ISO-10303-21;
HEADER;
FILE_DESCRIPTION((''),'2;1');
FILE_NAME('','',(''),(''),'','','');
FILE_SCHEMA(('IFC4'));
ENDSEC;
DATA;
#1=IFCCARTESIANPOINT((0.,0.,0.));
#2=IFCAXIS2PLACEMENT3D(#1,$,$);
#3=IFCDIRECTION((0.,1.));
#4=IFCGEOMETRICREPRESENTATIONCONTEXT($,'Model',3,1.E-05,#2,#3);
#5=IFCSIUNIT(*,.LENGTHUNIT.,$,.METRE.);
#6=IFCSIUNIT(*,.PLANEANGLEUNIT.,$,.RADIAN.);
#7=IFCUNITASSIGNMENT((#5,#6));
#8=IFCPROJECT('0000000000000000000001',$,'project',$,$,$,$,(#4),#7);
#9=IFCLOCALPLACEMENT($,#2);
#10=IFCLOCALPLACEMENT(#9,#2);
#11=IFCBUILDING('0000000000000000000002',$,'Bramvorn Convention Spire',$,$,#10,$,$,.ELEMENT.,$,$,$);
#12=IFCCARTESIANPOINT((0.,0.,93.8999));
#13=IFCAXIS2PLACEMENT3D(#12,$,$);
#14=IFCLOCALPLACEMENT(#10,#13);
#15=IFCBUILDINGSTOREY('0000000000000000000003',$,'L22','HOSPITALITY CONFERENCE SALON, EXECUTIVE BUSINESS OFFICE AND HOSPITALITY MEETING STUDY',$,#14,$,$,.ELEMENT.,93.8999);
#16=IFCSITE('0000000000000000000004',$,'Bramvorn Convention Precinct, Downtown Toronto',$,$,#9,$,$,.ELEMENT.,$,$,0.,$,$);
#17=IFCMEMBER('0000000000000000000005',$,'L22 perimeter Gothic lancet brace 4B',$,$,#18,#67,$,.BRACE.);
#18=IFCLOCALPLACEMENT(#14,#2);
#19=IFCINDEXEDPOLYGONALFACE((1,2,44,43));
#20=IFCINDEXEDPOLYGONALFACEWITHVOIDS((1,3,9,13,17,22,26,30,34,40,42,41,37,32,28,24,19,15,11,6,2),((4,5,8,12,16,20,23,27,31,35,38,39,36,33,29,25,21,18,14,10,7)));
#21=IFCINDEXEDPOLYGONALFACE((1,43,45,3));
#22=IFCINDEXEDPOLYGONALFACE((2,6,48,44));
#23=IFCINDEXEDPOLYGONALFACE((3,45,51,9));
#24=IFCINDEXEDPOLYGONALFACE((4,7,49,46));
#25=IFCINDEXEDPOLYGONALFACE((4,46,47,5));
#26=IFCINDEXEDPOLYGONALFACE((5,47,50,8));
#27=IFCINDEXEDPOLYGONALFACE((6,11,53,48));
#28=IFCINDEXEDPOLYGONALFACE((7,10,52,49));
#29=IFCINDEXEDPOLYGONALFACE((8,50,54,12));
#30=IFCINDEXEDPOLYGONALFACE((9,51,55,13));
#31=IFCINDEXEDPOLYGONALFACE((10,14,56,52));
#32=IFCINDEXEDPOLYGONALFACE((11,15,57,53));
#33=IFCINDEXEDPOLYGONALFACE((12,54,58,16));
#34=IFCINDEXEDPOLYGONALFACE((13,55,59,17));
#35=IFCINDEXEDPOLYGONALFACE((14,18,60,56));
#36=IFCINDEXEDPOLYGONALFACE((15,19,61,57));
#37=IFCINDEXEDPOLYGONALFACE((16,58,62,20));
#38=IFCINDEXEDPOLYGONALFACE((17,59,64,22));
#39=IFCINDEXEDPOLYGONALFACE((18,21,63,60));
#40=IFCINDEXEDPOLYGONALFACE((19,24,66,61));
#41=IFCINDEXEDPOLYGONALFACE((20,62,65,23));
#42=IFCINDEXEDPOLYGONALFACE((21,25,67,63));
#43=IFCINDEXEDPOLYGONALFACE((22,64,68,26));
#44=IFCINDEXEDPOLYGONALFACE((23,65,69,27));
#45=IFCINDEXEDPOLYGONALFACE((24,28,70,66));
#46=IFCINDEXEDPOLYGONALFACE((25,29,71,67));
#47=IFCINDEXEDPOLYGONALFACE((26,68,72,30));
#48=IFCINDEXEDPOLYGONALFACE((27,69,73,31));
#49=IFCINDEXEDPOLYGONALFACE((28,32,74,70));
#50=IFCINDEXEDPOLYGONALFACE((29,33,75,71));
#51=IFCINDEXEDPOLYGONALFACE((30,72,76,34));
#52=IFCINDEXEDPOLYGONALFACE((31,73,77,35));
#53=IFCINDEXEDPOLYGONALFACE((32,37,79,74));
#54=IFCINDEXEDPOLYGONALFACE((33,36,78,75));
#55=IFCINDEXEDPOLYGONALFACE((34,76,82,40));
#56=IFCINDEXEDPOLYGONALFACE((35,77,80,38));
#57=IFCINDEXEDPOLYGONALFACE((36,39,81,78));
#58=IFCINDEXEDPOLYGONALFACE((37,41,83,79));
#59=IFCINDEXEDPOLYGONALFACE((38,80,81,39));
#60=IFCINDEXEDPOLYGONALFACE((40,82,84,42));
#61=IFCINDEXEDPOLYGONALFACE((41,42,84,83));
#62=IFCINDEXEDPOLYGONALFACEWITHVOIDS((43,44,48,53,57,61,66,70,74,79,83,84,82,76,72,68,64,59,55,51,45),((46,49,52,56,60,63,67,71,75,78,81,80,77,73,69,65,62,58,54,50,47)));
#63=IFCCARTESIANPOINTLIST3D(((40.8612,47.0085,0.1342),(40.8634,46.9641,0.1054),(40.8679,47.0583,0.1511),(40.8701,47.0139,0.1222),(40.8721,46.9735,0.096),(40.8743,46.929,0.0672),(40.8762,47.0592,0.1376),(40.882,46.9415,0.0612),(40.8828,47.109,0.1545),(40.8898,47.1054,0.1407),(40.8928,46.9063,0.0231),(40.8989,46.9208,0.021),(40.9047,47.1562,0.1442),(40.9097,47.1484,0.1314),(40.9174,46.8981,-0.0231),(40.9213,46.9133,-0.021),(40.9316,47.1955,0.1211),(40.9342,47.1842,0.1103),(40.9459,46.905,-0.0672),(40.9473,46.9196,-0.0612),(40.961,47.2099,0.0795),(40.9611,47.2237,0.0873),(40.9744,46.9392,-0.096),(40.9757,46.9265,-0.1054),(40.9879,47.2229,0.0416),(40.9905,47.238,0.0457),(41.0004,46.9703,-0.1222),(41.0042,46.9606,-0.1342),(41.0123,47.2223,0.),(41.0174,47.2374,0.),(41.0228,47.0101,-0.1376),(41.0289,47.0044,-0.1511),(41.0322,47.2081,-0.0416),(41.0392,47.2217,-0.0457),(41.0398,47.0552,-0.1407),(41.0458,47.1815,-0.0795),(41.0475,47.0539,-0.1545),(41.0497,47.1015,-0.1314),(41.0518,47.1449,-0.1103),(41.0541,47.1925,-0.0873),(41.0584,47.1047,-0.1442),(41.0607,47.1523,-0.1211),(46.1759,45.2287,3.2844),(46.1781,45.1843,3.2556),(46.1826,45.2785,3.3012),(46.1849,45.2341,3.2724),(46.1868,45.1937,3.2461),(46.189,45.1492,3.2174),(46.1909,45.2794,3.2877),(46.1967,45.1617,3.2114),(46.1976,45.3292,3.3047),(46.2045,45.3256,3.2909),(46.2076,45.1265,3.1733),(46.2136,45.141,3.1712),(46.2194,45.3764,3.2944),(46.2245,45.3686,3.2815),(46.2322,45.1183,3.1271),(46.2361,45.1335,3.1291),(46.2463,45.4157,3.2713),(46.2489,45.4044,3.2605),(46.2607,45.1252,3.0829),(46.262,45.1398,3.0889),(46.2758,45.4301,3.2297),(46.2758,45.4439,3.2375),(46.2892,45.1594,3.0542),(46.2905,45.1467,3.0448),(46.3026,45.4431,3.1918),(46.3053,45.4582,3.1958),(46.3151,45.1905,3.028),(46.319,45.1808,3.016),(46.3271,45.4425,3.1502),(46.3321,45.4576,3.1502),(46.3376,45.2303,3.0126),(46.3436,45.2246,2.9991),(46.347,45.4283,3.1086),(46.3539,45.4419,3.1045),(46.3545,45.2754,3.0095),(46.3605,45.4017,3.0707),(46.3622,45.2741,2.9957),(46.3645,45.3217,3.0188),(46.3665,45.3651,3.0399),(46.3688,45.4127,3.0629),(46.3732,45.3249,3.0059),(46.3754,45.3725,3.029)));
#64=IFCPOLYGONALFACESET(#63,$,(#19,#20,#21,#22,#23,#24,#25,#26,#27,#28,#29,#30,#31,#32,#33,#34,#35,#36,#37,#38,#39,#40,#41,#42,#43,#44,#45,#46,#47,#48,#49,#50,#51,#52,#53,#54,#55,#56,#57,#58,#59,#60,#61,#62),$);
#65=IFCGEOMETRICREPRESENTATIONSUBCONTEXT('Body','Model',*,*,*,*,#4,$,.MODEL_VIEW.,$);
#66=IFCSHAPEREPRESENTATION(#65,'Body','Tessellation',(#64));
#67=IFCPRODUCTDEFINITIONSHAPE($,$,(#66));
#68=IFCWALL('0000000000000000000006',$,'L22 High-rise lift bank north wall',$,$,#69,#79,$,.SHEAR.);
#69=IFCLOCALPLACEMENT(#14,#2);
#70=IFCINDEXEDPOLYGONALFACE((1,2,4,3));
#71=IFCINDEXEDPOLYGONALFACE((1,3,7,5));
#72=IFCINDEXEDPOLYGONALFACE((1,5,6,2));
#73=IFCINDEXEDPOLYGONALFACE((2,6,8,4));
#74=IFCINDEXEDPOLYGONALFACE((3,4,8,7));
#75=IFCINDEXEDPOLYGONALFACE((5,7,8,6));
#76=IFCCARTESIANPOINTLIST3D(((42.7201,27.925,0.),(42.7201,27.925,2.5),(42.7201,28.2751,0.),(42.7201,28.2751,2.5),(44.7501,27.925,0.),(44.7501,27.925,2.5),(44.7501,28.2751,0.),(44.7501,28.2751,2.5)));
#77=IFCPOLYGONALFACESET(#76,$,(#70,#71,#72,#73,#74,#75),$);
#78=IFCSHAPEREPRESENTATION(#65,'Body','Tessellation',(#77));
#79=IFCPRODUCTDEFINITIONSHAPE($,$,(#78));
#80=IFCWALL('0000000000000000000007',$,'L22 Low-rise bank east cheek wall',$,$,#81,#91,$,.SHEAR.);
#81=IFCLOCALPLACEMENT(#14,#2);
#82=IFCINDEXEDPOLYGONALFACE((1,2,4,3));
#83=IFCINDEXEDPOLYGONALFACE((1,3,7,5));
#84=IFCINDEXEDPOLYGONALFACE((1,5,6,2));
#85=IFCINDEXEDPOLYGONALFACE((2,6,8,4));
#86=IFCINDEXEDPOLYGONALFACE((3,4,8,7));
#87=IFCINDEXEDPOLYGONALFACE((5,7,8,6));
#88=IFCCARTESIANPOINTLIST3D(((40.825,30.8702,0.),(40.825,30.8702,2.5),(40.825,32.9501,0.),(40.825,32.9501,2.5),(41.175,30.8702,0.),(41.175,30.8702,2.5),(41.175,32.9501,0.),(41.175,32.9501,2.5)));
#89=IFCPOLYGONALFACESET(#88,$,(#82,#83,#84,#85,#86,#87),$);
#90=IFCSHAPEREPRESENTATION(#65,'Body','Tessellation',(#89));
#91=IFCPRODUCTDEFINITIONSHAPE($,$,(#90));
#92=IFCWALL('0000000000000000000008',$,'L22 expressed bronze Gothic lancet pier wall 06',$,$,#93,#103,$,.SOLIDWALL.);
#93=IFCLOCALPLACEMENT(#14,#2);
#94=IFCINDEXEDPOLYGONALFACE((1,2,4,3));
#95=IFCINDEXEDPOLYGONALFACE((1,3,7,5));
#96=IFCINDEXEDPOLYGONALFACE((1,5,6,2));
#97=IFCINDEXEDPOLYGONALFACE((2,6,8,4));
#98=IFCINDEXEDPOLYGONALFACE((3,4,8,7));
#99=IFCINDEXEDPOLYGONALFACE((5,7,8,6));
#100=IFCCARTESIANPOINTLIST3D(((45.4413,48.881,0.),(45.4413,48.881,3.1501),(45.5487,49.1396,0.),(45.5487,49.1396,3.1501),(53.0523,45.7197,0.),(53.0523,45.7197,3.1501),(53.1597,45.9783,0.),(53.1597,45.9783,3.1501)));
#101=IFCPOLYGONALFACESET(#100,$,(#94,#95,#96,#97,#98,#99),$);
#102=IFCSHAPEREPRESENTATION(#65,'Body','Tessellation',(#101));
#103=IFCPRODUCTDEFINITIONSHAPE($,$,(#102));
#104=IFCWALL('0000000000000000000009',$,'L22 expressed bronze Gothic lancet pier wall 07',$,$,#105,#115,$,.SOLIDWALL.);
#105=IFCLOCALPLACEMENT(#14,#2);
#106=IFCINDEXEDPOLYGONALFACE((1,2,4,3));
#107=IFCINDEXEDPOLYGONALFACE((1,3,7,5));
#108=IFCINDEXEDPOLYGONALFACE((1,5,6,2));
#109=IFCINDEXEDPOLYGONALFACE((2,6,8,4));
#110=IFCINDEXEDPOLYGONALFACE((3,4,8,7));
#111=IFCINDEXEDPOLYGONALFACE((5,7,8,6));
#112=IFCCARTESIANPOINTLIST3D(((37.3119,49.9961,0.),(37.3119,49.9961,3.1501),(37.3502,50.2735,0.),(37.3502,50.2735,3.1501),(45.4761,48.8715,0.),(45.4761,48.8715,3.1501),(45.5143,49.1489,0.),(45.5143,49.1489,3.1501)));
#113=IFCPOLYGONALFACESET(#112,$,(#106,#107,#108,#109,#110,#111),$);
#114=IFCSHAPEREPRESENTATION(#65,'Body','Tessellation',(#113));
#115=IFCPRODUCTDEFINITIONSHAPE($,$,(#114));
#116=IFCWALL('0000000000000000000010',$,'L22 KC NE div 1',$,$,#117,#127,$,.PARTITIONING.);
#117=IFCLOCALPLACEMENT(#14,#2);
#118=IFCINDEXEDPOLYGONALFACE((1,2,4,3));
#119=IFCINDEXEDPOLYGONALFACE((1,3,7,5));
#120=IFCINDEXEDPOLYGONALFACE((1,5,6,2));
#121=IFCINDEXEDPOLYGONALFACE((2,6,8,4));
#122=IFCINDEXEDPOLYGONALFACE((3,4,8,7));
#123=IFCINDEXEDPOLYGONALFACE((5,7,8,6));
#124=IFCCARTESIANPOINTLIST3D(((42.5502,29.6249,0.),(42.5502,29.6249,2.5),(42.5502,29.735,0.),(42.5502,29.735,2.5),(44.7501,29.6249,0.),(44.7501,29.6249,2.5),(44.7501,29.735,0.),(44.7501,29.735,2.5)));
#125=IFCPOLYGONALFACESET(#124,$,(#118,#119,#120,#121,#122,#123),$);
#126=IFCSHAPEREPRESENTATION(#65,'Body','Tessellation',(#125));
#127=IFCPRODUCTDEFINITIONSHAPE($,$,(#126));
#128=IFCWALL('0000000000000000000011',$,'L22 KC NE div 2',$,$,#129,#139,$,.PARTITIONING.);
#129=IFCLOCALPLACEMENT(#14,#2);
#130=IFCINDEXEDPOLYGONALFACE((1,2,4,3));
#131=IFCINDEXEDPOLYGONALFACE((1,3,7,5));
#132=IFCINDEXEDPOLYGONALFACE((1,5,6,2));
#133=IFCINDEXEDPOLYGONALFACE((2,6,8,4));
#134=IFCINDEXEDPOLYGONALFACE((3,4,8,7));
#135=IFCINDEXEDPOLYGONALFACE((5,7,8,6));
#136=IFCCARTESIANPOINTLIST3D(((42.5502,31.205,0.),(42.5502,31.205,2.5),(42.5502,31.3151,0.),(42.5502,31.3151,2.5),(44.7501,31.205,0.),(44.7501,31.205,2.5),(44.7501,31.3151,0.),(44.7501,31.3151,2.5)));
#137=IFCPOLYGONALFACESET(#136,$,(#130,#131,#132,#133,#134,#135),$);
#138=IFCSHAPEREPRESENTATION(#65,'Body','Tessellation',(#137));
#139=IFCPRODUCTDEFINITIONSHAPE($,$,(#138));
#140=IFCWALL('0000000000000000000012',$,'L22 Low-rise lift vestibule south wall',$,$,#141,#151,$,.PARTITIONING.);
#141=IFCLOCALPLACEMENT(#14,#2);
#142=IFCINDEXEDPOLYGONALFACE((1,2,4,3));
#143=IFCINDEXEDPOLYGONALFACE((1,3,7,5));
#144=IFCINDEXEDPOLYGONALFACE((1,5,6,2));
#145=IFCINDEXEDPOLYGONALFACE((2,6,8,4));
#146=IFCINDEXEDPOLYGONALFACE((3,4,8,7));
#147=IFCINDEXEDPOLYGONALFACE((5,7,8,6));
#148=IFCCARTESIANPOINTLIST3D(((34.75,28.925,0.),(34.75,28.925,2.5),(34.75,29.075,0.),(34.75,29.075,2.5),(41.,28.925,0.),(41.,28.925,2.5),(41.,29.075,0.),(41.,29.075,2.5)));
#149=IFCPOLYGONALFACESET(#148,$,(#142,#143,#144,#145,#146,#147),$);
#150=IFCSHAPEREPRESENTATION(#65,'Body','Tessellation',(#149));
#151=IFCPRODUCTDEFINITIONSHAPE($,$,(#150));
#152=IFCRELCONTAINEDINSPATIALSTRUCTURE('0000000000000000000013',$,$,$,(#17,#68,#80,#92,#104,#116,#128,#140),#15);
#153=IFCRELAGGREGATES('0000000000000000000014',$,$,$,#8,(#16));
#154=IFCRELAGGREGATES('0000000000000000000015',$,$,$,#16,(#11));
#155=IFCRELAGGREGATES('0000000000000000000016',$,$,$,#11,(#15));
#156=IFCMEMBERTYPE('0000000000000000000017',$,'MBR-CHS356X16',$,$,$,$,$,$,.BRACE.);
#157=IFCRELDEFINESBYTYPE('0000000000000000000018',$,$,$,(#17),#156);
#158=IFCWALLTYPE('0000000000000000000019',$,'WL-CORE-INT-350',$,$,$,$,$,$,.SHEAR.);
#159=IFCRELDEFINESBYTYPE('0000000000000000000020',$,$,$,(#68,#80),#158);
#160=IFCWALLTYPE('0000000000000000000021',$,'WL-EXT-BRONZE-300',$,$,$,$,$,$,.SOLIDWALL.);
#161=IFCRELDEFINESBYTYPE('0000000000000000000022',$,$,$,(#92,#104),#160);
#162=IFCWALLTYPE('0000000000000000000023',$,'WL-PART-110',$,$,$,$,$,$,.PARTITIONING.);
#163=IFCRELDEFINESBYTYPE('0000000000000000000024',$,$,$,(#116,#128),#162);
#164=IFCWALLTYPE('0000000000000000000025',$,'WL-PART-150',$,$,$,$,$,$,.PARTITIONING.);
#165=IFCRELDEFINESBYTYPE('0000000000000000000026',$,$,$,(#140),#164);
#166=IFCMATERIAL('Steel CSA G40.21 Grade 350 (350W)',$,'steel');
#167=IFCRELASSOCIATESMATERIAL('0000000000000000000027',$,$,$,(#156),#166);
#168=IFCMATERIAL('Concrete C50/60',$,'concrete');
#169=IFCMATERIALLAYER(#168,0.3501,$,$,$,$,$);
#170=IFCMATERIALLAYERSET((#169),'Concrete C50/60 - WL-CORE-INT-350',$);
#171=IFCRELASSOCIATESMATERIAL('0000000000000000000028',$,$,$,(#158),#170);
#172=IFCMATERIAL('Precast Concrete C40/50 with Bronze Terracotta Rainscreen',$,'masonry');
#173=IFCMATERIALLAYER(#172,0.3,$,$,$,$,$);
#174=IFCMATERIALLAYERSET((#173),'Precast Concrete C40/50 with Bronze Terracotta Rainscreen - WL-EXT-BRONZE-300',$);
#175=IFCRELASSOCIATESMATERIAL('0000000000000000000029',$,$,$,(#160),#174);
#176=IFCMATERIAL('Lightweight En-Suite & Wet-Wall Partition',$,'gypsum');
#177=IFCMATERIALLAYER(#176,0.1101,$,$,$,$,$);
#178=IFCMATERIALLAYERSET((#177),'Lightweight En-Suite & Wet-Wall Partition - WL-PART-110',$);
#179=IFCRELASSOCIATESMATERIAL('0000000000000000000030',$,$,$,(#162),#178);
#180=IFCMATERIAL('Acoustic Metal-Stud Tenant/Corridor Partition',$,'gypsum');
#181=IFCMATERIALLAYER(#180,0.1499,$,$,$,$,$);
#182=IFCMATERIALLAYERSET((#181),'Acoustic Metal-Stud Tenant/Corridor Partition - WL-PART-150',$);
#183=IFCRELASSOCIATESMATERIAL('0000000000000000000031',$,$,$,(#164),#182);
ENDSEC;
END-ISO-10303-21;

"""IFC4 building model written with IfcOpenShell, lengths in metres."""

from ifc_helpers import new_model, si_unit, direction, frame, frame_2d, origin, origin_2d, place, context, subcontext, project, spatial, rectangle, hollow_circle, extrude, material, layer, layer_set, material_profile, profile_set, type_object, element, save


model = new_model("IFC4")

# Units and contexts
model_context = context("Model", 3, precision=1e-05, world=origin(), true_north=direction((0.0, 1.0)))
body_context = subcontext(model_context, "Body", "Model", "MODEL_VIEW")
ifc_project = project(units=[si_unit("LENGTHUNIT", "METRE"), si_unit("PLANEANGLEUNIT", "RADIAN")], contexts=[model_context])

# Site, building, storey
site_placement = place(None, origin())
site = spatial("IfcSite", under=ifc_project, at=site_placement, Name="Bramvorn Convention Precinct, Downtown Toronto", CompositionType="ELEMENT", RefElevation=0.0)
building_placement = place(site_placement, origin())
building = spatial("IfcBuilding", under=site, at=building_placement, Name="Bramvorn Convention Spire", CompositionType="ELEMENT")
storey_placement = place(building_placement, frame((0.0, 0.0, 93.8999)))
storey = spatial("IfcBuildingStorey", under=building, at=storey_placement, Name="L22", Description="HOSPITALITY CONFERENCE SALON, EXECUTIVE BUSINESS OFFICE AND HOSPITALITY MEETING STUDY", CompositionType="ELEMENT", Elevation=93.8999)

# Shared definitions
ifc_material_1 = material(Name="Steel CSA G40.21 Grade 350 (350W)", Category="steel")

# Member
ifc_material_profile_1 = material_profile(ifc_material_1, hollow_circle(Radius=0.1777, WallThickness=0.0159, at=origin_2d()))
ifc_profile_set_1 = profile_set([ifc_material_profile_1], Name="Steel CSA G40.21 Grade 350 (350W) - CHS356X16")
member_type = type_object("IfcMemberType", Name="MBR-CHS356X16", PredefinedType="BRACE", material=ifc_profile_set_1)
member_placement = place(storey_placement, frame((40.9609, 47.0688, 0.0), z_axis=(0.826625, -0.27682, 0.48996), x_axis=(0.317547, 0.948242, 0.0)))
element("IfcMember", 1, at=member_placement, inside=storey, type_object=member_type, Name="L22 perimeter Gothic lancet brace 4B", PredefinedType="BRACE", context=body_context, shape_type="SweptSolid", body=[
    extrude(hollow_circle(Radius=0.1777, WallThickness=0.0159, at=origin_2d()), origin(), (0.0, 0.0, 1.0), 6.4294),
])

# Shared definitions
ifc_material_2 = material(Name="Concrete C50/60", Category="concrete")
ifc_layer_1 = layer(ifc_material_2, 0.3501)
ifc_layer_set_1 = layer_set([ifc_layer_1], Name="Concrete C50/60 - WL-CORE-INT-350")
wall_type_1 = type_object("IfcWallType", Name="WL-CORE-INT-350", PredefinedType="SHEAR", material=ifc_layer_set_1)

# Wall
wall_1_placement = place(storey_placement, frame((42.72, 28.1001, 0.0), z_axis=(0.0, 0.0, 1.0), x_axis=(1.0, 0.0, 0.0)))
element("IfcWall", 2, at=wall_1_placement, inside=storey, type_object=wall_type_1, Name="L22 High-rise lift bank north wall", PredefinedType="SHEAR", context=body_context, shape_type="SweptSolid", body=[
    extrude(rectangle(XDim=2.03, YDim=0.3501, at=frame_2d((1.0151, 0.0))), origin(), (0.0, 0.0, 1.0), 2.5),
])

# Walls
wall_2_placement = place(storey_placement, frame((41.0, 30.8701, 0.0), z_axis=(0.0, 0.0, 1.0), x_axis=(0.0, 1.0, 0.0)))
element("IfcWall", 3, at=wall_2_placement, inside=storey, type_object=wall_type_1, Name="L22 Low-rise bank east cheek wall", PredefinedType="SHEAR", context=body_context, shape_type="SweptSolid", body=[
    extrude(rectangle(XDim=2.0798, YDim=0.3501, at=frame_2d((1.04, 0.0))), origin(), (0.0, 0.0, 1.0), 2.5),
])
ifc_material_3 = material(Name="Precast Concrete C40/50 with Bronze Terracotta Rainscreen", Category="masonry")
ifc_layer_2 = layer(ifc_material_3, 0.3)
ifc_layer_set_2 = layer_set([ifc_layer_2], Name="Precast Concrete C40/50 with Bronze Terracotta Rainscreen - WL-EXT-BRONZE-300")
wall_type_2 = type_object("IfcWallType", Name="WL-EXT-BRONZE-300", PredefinedType="SOLIDWALL", material=ifc_layer_set_2)
wall_3_placement = place(storey_placement, frame((45.4951, 49.0103, 0.0), z_axis=(0.0, 0.0, 1.0), x_axis=(0.923503, -0.383591, 0.0)))
element("IfcWall", 4, at=wall_3_placement, inside=storey, type_object=wall_type_2, Name="L22 expressed bronze Gothic lancet pier wall 06", PredefinedType="SOLIDWALL", context=body_context, shape_type="SweptSolid", body=[
    extrude(rectangle(XDim=8.2415, YDim=0.28, at=frame_2d((4.1206, 0.0))), origin(), (0.0, 0.0, 1.0), 3.1501),
])
wall_4_placement = place(storey_placement, frame((37.3311, 50.1348, 0.0), z_axis=(0.0, 0.0, 1.0), x_axis=(0.990647, -0.136451, 0.0)))
element("IfcWall", 5, at=wall_4_placement, inside=storey, type_object=wall_type_2, Name="L22 expressed bronze Gothic lancet pier wall 07", PredefinedType="SOLIDWALL", context=body_context, shape_type="SweptSolid", body=[
    extrude(rectangle(XDim=8.2412, YDim=0.28, at=frame_2d((4.1206, 0.0))), origin(), (0.0, 0.0, 1.0), 3.1501),
])
ifc_material_4 = material(Name="Lightweight En-Suite & Wet-Wall Partition", Category="gypsum")
ifc_layer_3 = layer(ifc_material_4, 0.1101)
ifc_layer_set_3 = layer_set([ifc_layer_3], Name="Lightweight En-Suite & Wet-Wall Partition - WL-PART-110")
wall_type_3 = type_object("IfcWallType", Name="WL-PART-110", PredefinedType="PARTITIONING", material=ifc_layer_set_3)
for number, where, z_axis, x_axis, name in (
    (6, (42.55, 29.6799, 0.0), (0.0, 0.0, 1.0), (1.0, 0.0, 0.0), "L22 KC NE div 1"),
    (7, (42.55, 31.26, 0.0), (0.0, 0.0, 1.0), (1.0, 0.0, 0.0), "L22 KC NE div 2"),
):
    element("IfcWall", number, at=place(storey_placement, frame(where, z_axis=z_axis, x_axis=x_axis)), inside=storey, type_object=wall_type_3, Name=name, PredefinedType="PARTITIONING", context=body_context, shape_type="SweptSolid", body=[
        extrude(rectangle(XDim=2.2, YDim=0.1101, at=frame_2d((1.1001, 0.0))), origin(), (0.0, 0.0, 1.0), 2.5),
    ])
ifc_material_5 = material(Name="Acoustic Metal-Stud Tenant/Corridor Partition", Category="gypsum")
ifc_layer_4 = layer(ifc_material_5, 0.1499)
ifc_layer_set_4 = layer_set([ifc_layer_4], Name="Acoustic Metal-Stud Tenant/Corridor Partition - WL-PART-150")
wall_type_4 = type_object("IfcWallType", Name="WL-PART-150", PredefinedType="PARTITIONING", material=ifc_layer_set_4)
wall_5_placement = place(storey_placement, frame((34.75, 29.0, 0.0), z_axis=(0.0, 0.0, 1.0), x_axis=(1.0, 0.0, 0.0)))
element("IfcWall", 8, at=wall_5_placement, inside=storey, type_object=wall_type_4, Name="L22 Low-rise lift vestibule south wall", PredefinedType="PARTITIONING", context=body_context, shape_type="SweptSolid", body=[
    extrude(rectangle(XDim=6.25, YDim=0.1499, at=frame_2d((3.125, 0.0))), origin(), (0.0, 0.0, 1.0), 2.5),
])

save(model, "model.ifc")
